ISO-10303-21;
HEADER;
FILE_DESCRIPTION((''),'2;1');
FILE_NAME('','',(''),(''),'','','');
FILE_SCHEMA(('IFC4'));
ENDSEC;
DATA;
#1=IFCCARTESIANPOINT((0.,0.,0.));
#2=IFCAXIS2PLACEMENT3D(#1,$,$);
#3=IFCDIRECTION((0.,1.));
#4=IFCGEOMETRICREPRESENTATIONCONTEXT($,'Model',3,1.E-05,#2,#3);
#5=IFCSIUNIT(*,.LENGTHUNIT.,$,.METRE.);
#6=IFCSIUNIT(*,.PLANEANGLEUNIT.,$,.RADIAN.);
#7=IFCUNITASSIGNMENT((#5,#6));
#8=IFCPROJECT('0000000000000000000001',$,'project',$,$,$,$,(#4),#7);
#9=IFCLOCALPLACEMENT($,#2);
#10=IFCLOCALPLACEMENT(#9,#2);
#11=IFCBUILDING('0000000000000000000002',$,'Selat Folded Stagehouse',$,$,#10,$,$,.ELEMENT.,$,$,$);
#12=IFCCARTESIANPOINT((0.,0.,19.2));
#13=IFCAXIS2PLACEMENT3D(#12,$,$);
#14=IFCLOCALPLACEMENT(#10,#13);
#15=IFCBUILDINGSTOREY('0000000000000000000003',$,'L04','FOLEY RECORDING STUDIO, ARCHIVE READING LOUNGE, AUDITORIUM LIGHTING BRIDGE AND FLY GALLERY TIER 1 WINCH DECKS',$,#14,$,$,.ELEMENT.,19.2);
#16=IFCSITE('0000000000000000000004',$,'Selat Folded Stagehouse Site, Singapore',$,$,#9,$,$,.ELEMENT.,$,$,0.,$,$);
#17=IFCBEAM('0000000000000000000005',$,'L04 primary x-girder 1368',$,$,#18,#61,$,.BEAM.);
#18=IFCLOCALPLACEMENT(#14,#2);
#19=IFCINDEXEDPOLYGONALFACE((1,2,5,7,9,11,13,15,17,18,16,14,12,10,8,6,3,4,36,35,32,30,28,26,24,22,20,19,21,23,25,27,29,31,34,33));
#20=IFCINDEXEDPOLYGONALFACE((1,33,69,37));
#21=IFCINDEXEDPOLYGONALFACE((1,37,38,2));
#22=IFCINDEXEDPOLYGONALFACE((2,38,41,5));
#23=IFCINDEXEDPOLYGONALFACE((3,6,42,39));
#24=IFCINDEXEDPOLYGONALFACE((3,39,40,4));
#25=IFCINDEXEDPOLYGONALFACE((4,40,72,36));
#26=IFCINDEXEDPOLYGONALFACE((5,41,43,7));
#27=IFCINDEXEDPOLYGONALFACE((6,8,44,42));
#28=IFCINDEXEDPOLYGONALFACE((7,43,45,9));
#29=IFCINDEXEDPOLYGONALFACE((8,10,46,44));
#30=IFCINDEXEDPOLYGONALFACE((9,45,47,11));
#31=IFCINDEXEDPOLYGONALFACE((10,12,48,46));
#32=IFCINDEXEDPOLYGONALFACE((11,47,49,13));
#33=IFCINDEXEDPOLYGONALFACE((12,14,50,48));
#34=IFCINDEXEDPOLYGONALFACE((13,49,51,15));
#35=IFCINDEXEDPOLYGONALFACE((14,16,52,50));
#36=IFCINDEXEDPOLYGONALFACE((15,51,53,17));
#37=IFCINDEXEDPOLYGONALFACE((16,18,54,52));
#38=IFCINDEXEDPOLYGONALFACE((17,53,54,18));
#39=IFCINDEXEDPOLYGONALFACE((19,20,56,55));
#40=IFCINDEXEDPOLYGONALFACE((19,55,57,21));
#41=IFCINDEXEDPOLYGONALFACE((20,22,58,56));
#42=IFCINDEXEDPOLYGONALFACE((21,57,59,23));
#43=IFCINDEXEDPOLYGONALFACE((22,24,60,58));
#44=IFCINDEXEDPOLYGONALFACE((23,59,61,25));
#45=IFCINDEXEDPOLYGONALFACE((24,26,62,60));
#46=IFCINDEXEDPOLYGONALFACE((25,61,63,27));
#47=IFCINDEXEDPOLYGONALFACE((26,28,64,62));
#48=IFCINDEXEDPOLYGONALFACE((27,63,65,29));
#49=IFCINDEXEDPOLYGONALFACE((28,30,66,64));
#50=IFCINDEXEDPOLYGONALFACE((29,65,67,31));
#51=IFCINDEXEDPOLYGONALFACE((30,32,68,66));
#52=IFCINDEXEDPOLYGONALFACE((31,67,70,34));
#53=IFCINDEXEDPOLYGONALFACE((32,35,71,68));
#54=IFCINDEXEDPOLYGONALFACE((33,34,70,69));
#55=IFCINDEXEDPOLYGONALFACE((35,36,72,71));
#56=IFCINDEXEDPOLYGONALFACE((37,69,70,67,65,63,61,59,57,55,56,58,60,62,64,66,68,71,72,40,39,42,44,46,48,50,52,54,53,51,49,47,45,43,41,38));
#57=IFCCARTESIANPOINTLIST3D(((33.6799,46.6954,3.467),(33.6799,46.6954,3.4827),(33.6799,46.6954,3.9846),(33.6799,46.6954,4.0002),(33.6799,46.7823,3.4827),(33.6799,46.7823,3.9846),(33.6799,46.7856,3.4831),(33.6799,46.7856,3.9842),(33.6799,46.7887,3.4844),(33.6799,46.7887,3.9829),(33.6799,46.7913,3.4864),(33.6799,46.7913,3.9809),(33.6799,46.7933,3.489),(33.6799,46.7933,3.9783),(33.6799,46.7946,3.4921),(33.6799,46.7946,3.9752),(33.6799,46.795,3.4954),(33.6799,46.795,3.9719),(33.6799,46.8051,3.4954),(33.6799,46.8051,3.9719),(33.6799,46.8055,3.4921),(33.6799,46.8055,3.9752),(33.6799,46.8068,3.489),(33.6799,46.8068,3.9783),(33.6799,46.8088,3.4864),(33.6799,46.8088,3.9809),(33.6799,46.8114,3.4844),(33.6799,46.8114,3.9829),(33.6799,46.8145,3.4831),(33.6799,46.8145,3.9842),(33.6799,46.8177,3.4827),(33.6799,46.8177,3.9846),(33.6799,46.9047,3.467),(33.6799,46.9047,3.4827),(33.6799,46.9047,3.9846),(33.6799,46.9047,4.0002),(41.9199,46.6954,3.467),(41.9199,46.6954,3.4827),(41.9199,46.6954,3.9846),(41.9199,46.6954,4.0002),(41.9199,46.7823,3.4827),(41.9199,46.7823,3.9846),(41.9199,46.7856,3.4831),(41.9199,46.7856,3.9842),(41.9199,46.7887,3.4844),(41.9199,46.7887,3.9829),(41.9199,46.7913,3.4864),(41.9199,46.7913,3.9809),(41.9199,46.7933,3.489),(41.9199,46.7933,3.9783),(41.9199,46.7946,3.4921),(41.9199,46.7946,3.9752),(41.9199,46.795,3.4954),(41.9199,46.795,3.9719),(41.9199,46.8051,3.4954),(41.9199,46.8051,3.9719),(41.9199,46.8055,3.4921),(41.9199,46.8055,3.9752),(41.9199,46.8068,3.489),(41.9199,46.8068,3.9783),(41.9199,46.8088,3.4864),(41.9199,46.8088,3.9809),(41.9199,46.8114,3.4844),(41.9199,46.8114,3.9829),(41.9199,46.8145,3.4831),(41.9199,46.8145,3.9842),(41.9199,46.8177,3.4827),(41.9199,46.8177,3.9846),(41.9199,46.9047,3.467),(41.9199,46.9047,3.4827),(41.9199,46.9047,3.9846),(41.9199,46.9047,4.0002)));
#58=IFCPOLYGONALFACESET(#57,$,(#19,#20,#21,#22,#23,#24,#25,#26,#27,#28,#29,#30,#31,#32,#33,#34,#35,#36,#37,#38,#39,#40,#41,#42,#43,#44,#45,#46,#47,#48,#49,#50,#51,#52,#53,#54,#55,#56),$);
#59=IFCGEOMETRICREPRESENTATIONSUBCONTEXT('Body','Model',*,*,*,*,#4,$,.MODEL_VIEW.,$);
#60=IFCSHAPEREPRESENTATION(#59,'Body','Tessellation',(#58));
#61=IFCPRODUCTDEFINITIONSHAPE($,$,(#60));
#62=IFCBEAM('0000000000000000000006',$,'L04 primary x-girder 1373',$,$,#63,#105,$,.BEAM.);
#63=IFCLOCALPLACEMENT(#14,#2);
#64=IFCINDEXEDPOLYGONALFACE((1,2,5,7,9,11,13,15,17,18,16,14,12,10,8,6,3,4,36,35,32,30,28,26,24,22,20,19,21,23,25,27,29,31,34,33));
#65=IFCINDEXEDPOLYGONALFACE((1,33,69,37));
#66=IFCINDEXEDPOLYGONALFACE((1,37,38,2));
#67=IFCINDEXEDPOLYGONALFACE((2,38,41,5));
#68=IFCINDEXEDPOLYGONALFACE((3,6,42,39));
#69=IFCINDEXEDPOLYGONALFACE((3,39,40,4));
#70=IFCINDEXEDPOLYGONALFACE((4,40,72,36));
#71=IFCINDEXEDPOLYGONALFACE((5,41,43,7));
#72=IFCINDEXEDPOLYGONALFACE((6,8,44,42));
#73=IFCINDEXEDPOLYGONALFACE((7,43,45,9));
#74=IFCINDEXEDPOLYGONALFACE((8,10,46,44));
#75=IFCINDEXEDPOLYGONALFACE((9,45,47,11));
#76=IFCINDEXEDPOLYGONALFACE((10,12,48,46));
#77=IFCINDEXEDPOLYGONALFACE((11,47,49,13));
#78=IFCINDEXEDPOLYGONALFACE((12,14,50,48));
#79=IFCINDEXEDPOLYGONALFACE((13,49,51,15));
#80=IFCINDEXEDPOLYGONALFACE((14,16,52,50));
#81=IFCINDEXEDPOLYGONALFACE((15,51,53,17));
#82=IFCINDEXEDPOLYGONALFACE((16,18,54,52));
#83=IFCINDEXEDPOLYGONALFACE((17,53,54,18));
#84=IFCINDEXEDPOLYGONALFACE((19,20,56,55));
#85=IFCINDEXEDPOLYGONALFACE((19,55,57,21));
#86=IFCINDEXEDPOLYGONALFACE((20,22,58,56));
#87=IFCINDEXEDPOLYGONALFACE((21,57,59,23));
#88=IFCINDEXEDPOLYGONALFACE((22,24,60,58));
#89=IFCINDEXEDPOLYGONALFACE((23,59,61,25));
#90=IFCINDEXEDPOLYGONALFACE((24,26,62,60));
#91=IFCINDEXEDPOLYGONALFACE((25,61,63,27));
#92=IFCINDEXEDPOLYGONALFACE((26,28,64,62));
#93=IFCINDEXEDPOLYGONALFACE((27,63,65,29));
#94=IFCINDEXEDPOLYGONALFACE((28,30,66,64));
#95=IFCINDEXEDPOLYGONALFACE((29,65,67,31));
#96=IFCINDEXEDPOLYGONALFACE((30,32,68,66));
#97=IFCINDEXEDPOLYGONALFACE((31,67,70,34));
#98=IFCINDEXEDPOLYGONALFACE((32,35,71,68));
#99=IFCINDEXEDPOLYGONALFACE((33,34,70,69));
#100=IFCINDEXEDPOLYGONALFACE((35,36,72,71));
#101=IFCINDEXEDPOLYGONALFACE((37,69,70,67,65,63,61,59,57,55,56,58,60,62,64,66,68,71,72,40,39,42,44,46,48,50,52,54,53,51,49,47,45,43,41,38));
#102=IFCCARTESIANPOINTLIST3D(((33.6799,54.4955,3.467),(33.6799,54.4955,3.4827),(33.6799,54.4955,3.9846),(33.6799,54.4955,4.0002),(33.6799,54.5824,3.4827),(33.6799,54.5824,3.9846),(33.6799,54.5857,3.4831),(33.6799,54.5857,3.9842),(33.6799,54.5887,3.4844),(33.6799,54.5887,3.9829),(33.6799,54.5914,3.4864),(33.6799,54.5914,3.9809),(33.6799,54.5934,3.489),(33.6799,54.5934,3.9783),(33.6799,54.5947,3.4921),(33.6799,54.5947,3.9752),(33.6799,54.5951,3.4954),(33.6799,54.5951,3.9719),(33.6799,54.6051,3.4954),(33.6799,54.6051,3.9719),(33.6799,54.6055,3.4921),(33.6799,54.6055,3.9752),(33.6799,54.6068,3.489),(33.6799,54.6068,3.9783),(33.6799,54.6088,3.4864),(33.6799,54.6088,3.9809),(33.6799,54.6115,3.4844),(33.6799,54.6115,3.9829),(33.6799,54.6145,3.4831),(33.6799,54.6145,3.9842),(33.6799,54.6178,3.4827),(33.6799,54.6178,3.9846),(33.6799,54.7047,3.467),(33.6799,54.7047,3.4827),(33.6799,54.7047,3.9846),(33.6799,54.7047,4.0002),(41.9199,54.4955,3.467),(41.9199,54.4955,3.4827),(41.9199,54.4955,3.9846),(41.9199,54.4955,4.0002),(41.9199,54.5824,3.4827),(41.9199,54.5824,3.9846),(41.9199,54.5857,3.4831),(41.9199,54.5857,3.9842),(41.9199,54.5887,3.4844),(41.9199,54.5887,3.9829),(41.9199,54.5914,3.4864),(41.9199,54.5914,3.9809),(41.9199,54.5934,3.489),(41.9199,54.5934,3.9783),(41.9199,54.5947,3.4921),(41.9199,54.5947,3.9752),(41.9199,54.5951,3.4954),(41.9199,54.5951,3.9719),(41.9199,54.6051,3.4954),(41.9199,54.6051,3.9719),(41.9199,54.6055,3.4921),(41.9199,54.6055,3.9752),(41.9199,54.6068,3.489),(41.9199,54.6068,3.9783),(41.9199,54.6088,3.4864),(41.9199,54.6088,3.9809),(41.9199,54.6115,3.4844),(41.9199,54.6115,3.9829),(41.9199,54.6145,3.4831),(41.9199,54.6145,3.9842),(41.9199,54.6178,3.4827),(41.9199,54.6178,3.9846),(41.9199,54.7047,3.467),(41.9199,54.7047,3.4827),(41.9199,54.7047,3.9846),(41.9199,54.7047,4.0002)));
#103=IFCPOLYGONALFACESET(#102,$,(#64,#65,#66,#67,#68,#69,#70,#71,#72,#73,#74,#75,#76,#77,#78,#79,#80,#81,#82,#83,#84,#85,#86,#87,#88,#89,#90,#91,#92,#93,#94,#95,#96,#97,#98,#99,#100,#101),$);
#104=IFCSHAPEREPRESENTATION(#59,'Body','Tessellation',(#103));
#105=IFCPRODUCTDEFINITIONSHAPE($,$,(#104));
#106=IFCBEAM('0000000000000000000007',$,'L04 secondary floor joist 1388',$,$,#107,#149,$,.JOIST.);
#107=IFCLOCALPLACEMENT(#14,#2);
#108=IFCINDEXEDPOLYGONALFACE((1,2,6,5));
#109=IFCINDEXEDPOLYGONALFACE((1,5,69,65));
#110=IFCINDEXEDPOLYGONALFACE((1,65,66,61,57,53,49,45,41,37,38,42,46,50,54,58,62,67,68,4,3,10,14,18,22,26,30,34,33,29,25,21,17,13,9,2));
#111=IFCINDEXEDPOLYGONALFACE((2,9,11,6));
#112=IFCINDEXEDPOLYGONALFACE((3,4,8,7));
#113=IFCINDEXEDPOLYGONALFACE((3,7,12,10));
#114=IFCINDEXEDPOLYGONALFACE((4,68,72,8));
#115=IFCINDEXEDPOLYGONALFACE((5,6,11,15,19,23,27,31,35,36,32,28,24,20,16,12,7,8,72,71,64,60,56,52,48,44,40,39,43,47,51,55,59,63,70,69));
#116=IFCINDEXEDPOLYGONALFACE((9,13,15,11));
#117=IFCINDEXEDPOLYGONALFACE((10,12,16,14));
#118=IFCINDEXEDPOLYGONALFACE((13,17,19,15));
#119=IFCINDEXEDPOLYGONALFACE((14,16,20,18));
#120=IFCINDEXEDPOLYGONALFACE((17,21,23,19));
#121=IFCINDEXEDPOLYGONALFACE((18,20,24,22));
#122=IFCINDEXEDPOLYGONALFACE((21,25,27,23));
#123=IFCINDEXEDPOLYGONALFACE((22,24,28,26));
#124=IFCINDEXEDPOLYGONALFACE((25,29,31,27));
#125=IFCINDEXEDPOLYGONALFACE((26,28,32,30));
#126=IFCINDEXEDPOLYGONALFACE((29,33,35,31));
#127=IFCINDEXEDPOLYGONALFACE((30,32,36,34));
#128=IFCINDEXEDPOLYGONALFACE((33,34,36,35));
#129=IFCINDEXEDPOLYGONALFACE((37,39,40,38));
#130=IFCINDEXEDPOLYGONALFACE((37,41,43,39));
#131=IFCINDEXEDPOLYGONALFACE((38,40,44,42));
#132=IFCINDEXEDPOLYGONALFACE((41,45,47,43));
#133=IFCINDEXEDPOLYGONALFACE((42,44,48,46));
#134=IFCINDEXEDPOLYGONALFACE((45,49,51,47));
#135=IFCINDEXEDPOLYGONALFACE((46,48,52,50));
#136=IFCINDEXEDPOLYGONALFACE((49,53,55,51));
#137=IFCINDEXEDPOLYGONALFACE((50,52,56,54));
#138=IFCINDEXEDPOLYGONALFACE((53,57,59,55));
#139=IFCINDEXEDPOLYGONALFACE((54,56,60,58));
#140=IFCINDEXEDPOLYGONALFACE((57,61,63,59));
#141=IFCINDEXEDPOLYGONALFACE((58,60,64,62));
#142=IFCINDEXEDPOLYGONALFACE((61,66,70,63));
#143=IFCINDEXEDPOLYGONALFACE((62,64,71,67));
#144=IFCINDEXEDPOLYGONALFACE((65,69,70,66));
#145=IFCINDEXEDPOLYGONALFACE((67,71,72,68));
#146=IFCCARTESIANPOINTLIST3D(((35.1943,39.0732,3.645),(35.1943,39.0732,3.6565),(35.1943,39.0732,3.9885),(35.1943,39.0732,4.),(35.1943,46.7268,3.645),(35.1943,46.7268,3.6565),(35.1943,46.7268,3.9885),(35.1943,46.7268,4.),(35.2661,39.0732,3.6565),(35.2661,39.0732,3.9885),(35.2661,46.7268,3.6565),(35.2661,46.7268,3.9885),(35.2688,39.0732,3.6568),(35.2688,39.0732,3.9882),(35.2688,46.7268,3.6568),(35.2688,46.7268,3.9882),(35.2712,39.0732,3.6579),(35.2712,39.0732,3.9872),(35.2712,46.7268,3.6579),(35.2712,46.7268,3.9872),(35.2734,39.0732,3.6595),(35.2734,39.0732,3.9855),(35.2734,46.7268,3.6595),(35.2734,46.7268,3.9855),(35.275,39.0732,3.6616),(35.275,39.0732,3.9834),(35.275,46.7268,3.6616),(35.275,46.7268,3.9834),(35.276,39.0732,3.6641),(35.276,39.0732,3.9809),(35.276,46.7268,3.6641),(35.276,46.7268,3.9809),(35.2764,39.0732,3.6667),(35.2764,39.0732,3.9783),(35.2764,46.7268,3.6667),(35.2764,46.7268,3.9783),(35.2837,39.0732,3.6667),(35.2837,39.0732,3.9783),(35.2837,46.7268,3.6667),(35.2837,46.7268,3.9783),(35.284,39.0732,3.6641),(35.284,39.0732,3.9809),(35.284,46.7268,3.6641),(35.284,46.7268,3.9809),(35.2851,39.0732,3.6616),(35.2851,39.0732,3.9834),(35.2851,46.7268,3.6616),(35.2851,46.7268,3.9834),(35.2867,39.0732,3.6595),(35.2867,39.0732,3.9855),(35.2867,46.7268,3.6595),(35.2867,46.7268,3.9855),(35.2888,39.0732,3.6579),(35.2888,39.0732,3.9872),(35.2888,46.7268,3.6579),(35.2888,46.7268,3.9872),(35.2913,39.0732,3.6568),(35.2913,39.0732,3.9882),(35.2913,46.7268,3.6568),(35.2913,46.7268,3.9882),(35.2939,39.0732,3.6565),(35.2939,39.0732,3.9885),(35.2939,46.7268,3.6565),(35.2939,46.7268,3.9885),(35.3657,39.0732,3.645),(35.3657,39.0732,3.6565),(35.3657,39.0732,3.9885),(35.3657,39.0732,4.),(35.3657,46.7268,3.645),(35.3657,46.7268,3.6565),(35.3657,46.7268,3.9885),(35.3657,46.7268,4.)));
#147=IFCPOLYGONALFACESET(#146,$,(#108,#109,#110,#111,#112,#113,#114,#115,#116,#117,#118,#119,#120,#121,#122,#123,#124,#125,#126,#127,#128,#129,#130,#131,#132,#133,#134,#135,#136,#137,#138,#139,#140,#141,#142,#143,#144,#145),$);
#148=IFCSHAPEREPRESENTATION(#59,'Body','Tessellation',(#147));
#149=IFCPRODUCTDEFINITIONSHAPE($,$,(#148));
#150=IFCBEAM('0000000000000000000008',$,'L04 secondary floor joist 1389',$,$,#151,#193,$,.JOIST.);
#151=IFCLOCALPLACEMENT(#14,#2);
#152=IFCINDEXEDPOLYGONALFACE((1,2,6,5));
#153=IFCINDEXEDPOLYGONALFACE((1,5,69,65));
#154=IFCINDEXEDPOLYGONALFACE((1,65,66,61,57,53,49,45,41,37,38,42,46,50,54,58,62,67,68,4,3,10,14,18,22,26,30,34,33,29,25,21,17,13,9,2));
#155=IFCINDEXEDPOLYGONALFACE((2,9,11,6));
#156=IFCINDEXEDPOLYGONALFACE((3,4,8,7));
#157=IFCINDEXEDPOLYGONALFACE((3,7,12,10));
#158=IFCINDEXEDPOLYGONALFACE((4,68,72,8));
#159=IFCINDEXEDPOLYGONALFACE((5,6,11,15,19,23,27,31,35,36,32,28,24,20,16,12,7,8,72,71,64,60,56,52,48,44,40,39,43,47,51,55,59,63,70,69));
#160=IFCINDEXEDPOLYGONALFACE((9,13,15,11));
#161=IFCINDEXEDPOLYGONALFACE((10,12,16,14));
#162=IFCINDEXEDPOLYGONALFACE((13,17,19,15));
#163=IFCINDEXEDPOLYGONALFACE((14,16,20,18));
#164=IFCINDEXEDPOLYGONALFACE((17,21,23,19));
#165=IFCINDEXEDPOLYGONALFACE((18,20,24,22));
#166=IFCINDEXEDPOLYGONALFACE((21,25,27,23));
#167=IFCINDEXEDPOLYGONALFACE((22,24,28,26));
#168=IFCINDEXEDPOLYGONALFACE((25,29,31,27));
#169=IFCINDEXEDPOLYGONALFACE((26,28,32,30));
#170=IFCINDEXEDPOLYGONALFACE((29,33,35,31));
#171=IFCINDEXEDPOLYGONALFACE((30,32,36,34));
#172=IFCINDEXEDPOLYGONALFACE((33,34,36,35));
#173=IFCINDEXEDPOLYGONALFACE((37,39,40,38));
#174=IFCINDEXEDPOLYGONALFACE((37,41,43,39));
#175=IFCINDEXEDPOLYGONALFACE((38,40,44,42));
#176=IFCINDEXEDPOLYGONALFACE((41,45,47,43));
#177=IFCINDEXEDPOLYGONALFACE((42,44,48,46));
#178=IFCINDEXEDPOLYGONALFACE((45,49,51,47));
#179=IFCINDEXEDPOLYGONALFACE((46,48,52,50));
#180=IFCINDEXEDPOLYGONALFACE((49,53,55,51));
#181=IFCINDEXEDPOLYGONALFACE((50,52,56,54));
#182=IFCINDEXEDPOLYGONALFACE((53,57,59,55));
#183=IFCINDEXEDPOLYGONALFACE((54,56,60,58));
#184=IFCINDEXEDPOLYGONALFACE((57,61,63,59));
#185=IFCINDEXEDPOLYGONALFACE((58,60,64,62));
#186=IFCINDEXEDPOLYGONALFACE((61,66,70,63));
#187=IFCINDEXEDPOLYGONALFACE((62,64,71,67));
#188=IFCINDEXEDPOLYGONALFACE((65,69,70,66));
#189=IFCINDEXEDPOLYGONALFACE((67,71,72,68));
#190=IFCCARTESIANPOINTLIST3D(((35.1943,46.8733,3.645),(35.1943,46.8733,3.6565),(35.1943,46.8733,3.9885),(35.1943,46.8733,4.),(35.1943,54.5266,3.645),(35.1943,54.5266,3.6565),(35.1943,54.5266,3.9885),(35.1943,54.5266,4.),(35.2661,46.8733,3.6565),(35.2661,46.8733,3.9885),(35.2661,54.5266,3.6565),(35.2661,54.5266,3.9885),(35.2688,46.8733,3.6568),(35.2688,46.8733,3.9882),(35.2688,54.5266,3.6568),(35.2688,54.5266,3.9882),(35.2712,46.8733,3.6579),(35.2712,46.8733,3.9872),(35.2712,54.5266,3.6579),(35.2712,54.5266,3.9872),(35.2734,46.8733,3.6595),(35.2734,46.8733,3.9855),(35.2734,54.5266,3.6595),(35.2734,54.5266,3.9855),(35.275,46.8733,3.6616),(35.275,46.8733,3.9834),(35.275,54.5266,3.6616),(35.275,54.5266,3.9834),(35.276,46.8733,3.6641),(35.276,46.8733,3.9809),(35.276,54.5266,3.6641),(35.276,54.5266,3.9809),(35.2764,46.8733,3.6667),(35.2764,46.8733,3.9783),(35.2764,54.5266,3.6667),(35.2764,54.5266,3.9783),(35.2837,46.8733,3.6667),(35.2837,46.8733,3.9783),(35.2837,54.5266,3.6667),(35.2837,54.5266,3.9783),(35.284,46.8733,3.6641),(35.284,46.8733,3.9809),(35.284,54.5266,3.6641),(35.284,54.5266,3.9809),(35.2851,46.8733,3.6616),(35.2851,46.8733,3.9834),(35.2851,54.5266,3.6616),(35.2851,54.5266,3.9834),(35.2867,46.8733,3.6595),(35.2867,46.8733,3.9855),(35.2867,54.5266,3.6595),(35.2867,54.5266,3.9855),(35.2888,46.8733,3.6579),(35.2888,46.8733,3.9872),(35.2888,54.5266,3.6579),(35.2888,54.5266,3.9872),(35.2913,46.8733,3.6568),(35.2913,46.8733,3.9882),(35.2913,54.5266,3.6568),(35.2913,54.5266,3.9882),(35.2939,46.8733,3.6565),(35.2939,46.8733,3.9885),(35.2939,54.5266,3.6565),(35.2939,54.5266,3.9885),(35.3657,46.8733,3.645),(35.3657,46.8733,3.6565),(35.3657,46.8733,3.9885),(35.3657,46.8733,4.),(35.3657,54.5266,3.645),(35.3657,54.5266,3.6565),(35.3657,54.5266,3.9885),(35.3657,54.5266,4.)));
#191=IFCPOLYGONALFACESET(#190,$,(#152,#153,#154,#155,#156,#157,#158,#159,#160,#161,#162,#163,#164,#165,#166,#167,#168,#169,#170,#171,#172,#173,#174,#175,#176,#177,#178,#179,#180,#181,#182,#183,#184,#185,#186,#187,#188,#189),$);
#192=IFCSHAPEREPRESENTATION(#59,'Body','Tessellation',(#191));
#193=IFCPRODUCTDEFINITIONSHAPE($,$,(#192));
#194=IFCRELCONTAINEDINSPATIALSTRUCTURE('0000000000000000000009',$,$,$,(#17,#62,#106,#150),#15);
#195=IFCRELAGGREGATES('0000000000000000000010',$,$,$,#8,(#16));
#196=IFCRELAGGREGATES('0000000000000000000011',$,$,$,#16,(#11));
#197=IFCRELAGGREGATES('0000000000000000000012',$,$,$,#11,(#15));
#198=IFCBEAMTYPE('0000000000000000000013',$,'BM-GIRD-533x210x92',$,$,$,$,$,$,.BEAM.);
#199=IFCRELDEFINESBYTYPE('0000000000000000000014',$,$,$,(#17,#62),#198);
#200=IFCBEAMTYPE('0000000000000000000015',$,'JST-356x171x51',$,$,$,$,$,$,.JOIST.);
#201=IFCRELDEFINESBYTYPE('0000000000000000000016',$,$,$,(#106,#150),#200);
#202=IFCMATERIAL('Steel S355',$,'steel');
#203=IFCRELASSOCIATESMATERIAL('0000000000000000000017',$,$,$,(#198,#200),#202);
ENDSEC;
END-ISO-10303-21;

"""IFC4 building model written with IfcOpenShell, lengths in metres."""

from ifc_helpers import new_model, si_unit, direction, frame, origin, origin_2d, place, context, subcontext, project, spatial, i_section, extrude, material, material_profile, profile_set, type_object, element, save


model = new_model("IFC4")

# Units and contexts
model_context = context("Model", 3, precision=1e-05, world=origin(), true_north=direction((0.0, 1.0)))
body_context = subcontext(model_context, "Body", "Model", "MODEL_VIEW")
ifc_project = project(units=[si_unit("LENGTHUNIT", "METRE"), si_unit("PLANEANGLEUNIT", "RADIAN")], contexts=[model_context])

# Site, building, storey
site_placement = place(None, origin())
site = spatial("IfcSite", under=ifc_project, at=site_placement, Name="Selat Folded Stagehouse Site, Singapore", CompositionType="ELEMENT", RefElevation=0.0)
building_placement = place(site_placement, origin())
building = spatial("IfcBuilding", under=site, at=building_placement, Name="Selat Folded Stagehouse", CompositionType="ELEMENT")
storey_placement = place(building_placement, frame((0.0, 0.0, 19.2)))
storey = spatial("IfcBuildingStorey", under=building, at=storey_placement, Name="L04", Description="FOLEY RECORDING STUDIO, ARCHIVE READING LOUNGE, AUDITORIUM LIGHTING BRIDGE AND FLY GALLERY TIER 1 WINCH DECKS", CompositionType="ELEMENT", Elevation=19.2)

# Shared definitions
ifc_material_1 = material(Name="Steel S355", Category="steel")

# Beams
ifc_material_profile_1 = material_profile(ifc_material_1, i_section(OverallWidth=0.2092, OverallDepth=0.5332, WebThickness=0.01, FlangeThickness=0.0156, FilletRadius=0.0127, at=origin_2d()), Name="UKB 533x210x92")
ifc_profile_set_1 = profile_set([ifc_material_profile_1], Name="Steel S355")
beam_type_1 = type_object("IfcBeamType", Name="BM-GIRD-533x210x92", PredefinedType="BEAM", material=ifc_profile_set_1)
for number, where, z_axis, x_axis, name in (
    (1, (33.6799, 46.8, 3.7336), (1.0, 0.0, 0.0), (0.0, 1.0, 0.0), "L04 primary x-girder 1368"),
    (2, (33.6799, 54.6001, 3.7336), (1.0, 0.0, 0.0), (0.0, 1.0, 0.0), "L04 primary x-girder 1373"),
):
    element("IfcBeam", number, at=place(storey_placement, frame(where, z_axis=z_axis, x_axis=x_axis)), inside=storey, type_object=beam_type_1, Name=name, PredefinedType="BEAM", context=body_context, shape_type="SweptSolid", body=[
        extrude(i_section(OverallWidth=0.2092, OverallDepth=0.5332, WebThickness=0.01, FlangeThickness=0.0156, FilletRadius=0.0127, at=origin_2d()), origin(), (0.0, 0.0, 1.0), 8.24),
    ])
ifc_material_profile_2 = material_profile(ifc_material_1, i_section(OverallWidth=0.1714, OverallDepth=0.355, WebThickness=0.0073, FlangeThickness=0.0115, FilletRadius=0.0103, at=origin_2d()), Name="UKB 356x171x51")
ifc_profile_set_2 = profile_set([ifc_material_profile_2], Name="Steel S355")
beam_type_2 = type_object("IfcBeamType", Name="JST-356x171x51", PredefinedType="JOIST", material=ifc_profile_set_2)
beam_1_placement = place(storey_placement, frame((35.28, 39.0732, 3.8225), z_axis=(0.0, 1.0, 0.0), x_axis=(-1.0, 0.0, 0.0)))
element("IfcBeam", 3, at=beam_1_placement, inside=storey, type_object=beam_type_2, Name="L04 secondary floor joist 1388", PredefinedType="JOIST", context=body_context, shape_type="SweptSolid", body=[
    extrude(i_section(OverallWidth=0.1714, OverallDepth=0.355, WebThickness=0.0073, FlangeThickness=0.0115, FilletRadius=0.0103, at=origin_2d()), origin(), (0.0, 0.0, 1.0), 7.6536),
])
beam_2_placement = place(storey_placement, frame((35.28, 46.8733, 3.8225), z_axis=(0.0, 1.0, 0.0), x_axis=(-1.0, 0.0, 0.0)))
element("IfcBeam", 4, at=beam_2_placement, inside=storey, type_object=beam_type_2, Name="L04 secondary floor joist 1389", PredefinedType="JOIST", context=body_context, shape_type="SweptSolid", body=[
    extrude(i_section(OverallWidth=0.1714, OverallDepth=0.355, WebThickness=0.0073, FlangeThickness=0.0115, FilletRadius=0.0103, at=origin_2d()), origin(), (0.0, 0.0, 1.0), 7.6533),
])

save(model, "model.ifc")
